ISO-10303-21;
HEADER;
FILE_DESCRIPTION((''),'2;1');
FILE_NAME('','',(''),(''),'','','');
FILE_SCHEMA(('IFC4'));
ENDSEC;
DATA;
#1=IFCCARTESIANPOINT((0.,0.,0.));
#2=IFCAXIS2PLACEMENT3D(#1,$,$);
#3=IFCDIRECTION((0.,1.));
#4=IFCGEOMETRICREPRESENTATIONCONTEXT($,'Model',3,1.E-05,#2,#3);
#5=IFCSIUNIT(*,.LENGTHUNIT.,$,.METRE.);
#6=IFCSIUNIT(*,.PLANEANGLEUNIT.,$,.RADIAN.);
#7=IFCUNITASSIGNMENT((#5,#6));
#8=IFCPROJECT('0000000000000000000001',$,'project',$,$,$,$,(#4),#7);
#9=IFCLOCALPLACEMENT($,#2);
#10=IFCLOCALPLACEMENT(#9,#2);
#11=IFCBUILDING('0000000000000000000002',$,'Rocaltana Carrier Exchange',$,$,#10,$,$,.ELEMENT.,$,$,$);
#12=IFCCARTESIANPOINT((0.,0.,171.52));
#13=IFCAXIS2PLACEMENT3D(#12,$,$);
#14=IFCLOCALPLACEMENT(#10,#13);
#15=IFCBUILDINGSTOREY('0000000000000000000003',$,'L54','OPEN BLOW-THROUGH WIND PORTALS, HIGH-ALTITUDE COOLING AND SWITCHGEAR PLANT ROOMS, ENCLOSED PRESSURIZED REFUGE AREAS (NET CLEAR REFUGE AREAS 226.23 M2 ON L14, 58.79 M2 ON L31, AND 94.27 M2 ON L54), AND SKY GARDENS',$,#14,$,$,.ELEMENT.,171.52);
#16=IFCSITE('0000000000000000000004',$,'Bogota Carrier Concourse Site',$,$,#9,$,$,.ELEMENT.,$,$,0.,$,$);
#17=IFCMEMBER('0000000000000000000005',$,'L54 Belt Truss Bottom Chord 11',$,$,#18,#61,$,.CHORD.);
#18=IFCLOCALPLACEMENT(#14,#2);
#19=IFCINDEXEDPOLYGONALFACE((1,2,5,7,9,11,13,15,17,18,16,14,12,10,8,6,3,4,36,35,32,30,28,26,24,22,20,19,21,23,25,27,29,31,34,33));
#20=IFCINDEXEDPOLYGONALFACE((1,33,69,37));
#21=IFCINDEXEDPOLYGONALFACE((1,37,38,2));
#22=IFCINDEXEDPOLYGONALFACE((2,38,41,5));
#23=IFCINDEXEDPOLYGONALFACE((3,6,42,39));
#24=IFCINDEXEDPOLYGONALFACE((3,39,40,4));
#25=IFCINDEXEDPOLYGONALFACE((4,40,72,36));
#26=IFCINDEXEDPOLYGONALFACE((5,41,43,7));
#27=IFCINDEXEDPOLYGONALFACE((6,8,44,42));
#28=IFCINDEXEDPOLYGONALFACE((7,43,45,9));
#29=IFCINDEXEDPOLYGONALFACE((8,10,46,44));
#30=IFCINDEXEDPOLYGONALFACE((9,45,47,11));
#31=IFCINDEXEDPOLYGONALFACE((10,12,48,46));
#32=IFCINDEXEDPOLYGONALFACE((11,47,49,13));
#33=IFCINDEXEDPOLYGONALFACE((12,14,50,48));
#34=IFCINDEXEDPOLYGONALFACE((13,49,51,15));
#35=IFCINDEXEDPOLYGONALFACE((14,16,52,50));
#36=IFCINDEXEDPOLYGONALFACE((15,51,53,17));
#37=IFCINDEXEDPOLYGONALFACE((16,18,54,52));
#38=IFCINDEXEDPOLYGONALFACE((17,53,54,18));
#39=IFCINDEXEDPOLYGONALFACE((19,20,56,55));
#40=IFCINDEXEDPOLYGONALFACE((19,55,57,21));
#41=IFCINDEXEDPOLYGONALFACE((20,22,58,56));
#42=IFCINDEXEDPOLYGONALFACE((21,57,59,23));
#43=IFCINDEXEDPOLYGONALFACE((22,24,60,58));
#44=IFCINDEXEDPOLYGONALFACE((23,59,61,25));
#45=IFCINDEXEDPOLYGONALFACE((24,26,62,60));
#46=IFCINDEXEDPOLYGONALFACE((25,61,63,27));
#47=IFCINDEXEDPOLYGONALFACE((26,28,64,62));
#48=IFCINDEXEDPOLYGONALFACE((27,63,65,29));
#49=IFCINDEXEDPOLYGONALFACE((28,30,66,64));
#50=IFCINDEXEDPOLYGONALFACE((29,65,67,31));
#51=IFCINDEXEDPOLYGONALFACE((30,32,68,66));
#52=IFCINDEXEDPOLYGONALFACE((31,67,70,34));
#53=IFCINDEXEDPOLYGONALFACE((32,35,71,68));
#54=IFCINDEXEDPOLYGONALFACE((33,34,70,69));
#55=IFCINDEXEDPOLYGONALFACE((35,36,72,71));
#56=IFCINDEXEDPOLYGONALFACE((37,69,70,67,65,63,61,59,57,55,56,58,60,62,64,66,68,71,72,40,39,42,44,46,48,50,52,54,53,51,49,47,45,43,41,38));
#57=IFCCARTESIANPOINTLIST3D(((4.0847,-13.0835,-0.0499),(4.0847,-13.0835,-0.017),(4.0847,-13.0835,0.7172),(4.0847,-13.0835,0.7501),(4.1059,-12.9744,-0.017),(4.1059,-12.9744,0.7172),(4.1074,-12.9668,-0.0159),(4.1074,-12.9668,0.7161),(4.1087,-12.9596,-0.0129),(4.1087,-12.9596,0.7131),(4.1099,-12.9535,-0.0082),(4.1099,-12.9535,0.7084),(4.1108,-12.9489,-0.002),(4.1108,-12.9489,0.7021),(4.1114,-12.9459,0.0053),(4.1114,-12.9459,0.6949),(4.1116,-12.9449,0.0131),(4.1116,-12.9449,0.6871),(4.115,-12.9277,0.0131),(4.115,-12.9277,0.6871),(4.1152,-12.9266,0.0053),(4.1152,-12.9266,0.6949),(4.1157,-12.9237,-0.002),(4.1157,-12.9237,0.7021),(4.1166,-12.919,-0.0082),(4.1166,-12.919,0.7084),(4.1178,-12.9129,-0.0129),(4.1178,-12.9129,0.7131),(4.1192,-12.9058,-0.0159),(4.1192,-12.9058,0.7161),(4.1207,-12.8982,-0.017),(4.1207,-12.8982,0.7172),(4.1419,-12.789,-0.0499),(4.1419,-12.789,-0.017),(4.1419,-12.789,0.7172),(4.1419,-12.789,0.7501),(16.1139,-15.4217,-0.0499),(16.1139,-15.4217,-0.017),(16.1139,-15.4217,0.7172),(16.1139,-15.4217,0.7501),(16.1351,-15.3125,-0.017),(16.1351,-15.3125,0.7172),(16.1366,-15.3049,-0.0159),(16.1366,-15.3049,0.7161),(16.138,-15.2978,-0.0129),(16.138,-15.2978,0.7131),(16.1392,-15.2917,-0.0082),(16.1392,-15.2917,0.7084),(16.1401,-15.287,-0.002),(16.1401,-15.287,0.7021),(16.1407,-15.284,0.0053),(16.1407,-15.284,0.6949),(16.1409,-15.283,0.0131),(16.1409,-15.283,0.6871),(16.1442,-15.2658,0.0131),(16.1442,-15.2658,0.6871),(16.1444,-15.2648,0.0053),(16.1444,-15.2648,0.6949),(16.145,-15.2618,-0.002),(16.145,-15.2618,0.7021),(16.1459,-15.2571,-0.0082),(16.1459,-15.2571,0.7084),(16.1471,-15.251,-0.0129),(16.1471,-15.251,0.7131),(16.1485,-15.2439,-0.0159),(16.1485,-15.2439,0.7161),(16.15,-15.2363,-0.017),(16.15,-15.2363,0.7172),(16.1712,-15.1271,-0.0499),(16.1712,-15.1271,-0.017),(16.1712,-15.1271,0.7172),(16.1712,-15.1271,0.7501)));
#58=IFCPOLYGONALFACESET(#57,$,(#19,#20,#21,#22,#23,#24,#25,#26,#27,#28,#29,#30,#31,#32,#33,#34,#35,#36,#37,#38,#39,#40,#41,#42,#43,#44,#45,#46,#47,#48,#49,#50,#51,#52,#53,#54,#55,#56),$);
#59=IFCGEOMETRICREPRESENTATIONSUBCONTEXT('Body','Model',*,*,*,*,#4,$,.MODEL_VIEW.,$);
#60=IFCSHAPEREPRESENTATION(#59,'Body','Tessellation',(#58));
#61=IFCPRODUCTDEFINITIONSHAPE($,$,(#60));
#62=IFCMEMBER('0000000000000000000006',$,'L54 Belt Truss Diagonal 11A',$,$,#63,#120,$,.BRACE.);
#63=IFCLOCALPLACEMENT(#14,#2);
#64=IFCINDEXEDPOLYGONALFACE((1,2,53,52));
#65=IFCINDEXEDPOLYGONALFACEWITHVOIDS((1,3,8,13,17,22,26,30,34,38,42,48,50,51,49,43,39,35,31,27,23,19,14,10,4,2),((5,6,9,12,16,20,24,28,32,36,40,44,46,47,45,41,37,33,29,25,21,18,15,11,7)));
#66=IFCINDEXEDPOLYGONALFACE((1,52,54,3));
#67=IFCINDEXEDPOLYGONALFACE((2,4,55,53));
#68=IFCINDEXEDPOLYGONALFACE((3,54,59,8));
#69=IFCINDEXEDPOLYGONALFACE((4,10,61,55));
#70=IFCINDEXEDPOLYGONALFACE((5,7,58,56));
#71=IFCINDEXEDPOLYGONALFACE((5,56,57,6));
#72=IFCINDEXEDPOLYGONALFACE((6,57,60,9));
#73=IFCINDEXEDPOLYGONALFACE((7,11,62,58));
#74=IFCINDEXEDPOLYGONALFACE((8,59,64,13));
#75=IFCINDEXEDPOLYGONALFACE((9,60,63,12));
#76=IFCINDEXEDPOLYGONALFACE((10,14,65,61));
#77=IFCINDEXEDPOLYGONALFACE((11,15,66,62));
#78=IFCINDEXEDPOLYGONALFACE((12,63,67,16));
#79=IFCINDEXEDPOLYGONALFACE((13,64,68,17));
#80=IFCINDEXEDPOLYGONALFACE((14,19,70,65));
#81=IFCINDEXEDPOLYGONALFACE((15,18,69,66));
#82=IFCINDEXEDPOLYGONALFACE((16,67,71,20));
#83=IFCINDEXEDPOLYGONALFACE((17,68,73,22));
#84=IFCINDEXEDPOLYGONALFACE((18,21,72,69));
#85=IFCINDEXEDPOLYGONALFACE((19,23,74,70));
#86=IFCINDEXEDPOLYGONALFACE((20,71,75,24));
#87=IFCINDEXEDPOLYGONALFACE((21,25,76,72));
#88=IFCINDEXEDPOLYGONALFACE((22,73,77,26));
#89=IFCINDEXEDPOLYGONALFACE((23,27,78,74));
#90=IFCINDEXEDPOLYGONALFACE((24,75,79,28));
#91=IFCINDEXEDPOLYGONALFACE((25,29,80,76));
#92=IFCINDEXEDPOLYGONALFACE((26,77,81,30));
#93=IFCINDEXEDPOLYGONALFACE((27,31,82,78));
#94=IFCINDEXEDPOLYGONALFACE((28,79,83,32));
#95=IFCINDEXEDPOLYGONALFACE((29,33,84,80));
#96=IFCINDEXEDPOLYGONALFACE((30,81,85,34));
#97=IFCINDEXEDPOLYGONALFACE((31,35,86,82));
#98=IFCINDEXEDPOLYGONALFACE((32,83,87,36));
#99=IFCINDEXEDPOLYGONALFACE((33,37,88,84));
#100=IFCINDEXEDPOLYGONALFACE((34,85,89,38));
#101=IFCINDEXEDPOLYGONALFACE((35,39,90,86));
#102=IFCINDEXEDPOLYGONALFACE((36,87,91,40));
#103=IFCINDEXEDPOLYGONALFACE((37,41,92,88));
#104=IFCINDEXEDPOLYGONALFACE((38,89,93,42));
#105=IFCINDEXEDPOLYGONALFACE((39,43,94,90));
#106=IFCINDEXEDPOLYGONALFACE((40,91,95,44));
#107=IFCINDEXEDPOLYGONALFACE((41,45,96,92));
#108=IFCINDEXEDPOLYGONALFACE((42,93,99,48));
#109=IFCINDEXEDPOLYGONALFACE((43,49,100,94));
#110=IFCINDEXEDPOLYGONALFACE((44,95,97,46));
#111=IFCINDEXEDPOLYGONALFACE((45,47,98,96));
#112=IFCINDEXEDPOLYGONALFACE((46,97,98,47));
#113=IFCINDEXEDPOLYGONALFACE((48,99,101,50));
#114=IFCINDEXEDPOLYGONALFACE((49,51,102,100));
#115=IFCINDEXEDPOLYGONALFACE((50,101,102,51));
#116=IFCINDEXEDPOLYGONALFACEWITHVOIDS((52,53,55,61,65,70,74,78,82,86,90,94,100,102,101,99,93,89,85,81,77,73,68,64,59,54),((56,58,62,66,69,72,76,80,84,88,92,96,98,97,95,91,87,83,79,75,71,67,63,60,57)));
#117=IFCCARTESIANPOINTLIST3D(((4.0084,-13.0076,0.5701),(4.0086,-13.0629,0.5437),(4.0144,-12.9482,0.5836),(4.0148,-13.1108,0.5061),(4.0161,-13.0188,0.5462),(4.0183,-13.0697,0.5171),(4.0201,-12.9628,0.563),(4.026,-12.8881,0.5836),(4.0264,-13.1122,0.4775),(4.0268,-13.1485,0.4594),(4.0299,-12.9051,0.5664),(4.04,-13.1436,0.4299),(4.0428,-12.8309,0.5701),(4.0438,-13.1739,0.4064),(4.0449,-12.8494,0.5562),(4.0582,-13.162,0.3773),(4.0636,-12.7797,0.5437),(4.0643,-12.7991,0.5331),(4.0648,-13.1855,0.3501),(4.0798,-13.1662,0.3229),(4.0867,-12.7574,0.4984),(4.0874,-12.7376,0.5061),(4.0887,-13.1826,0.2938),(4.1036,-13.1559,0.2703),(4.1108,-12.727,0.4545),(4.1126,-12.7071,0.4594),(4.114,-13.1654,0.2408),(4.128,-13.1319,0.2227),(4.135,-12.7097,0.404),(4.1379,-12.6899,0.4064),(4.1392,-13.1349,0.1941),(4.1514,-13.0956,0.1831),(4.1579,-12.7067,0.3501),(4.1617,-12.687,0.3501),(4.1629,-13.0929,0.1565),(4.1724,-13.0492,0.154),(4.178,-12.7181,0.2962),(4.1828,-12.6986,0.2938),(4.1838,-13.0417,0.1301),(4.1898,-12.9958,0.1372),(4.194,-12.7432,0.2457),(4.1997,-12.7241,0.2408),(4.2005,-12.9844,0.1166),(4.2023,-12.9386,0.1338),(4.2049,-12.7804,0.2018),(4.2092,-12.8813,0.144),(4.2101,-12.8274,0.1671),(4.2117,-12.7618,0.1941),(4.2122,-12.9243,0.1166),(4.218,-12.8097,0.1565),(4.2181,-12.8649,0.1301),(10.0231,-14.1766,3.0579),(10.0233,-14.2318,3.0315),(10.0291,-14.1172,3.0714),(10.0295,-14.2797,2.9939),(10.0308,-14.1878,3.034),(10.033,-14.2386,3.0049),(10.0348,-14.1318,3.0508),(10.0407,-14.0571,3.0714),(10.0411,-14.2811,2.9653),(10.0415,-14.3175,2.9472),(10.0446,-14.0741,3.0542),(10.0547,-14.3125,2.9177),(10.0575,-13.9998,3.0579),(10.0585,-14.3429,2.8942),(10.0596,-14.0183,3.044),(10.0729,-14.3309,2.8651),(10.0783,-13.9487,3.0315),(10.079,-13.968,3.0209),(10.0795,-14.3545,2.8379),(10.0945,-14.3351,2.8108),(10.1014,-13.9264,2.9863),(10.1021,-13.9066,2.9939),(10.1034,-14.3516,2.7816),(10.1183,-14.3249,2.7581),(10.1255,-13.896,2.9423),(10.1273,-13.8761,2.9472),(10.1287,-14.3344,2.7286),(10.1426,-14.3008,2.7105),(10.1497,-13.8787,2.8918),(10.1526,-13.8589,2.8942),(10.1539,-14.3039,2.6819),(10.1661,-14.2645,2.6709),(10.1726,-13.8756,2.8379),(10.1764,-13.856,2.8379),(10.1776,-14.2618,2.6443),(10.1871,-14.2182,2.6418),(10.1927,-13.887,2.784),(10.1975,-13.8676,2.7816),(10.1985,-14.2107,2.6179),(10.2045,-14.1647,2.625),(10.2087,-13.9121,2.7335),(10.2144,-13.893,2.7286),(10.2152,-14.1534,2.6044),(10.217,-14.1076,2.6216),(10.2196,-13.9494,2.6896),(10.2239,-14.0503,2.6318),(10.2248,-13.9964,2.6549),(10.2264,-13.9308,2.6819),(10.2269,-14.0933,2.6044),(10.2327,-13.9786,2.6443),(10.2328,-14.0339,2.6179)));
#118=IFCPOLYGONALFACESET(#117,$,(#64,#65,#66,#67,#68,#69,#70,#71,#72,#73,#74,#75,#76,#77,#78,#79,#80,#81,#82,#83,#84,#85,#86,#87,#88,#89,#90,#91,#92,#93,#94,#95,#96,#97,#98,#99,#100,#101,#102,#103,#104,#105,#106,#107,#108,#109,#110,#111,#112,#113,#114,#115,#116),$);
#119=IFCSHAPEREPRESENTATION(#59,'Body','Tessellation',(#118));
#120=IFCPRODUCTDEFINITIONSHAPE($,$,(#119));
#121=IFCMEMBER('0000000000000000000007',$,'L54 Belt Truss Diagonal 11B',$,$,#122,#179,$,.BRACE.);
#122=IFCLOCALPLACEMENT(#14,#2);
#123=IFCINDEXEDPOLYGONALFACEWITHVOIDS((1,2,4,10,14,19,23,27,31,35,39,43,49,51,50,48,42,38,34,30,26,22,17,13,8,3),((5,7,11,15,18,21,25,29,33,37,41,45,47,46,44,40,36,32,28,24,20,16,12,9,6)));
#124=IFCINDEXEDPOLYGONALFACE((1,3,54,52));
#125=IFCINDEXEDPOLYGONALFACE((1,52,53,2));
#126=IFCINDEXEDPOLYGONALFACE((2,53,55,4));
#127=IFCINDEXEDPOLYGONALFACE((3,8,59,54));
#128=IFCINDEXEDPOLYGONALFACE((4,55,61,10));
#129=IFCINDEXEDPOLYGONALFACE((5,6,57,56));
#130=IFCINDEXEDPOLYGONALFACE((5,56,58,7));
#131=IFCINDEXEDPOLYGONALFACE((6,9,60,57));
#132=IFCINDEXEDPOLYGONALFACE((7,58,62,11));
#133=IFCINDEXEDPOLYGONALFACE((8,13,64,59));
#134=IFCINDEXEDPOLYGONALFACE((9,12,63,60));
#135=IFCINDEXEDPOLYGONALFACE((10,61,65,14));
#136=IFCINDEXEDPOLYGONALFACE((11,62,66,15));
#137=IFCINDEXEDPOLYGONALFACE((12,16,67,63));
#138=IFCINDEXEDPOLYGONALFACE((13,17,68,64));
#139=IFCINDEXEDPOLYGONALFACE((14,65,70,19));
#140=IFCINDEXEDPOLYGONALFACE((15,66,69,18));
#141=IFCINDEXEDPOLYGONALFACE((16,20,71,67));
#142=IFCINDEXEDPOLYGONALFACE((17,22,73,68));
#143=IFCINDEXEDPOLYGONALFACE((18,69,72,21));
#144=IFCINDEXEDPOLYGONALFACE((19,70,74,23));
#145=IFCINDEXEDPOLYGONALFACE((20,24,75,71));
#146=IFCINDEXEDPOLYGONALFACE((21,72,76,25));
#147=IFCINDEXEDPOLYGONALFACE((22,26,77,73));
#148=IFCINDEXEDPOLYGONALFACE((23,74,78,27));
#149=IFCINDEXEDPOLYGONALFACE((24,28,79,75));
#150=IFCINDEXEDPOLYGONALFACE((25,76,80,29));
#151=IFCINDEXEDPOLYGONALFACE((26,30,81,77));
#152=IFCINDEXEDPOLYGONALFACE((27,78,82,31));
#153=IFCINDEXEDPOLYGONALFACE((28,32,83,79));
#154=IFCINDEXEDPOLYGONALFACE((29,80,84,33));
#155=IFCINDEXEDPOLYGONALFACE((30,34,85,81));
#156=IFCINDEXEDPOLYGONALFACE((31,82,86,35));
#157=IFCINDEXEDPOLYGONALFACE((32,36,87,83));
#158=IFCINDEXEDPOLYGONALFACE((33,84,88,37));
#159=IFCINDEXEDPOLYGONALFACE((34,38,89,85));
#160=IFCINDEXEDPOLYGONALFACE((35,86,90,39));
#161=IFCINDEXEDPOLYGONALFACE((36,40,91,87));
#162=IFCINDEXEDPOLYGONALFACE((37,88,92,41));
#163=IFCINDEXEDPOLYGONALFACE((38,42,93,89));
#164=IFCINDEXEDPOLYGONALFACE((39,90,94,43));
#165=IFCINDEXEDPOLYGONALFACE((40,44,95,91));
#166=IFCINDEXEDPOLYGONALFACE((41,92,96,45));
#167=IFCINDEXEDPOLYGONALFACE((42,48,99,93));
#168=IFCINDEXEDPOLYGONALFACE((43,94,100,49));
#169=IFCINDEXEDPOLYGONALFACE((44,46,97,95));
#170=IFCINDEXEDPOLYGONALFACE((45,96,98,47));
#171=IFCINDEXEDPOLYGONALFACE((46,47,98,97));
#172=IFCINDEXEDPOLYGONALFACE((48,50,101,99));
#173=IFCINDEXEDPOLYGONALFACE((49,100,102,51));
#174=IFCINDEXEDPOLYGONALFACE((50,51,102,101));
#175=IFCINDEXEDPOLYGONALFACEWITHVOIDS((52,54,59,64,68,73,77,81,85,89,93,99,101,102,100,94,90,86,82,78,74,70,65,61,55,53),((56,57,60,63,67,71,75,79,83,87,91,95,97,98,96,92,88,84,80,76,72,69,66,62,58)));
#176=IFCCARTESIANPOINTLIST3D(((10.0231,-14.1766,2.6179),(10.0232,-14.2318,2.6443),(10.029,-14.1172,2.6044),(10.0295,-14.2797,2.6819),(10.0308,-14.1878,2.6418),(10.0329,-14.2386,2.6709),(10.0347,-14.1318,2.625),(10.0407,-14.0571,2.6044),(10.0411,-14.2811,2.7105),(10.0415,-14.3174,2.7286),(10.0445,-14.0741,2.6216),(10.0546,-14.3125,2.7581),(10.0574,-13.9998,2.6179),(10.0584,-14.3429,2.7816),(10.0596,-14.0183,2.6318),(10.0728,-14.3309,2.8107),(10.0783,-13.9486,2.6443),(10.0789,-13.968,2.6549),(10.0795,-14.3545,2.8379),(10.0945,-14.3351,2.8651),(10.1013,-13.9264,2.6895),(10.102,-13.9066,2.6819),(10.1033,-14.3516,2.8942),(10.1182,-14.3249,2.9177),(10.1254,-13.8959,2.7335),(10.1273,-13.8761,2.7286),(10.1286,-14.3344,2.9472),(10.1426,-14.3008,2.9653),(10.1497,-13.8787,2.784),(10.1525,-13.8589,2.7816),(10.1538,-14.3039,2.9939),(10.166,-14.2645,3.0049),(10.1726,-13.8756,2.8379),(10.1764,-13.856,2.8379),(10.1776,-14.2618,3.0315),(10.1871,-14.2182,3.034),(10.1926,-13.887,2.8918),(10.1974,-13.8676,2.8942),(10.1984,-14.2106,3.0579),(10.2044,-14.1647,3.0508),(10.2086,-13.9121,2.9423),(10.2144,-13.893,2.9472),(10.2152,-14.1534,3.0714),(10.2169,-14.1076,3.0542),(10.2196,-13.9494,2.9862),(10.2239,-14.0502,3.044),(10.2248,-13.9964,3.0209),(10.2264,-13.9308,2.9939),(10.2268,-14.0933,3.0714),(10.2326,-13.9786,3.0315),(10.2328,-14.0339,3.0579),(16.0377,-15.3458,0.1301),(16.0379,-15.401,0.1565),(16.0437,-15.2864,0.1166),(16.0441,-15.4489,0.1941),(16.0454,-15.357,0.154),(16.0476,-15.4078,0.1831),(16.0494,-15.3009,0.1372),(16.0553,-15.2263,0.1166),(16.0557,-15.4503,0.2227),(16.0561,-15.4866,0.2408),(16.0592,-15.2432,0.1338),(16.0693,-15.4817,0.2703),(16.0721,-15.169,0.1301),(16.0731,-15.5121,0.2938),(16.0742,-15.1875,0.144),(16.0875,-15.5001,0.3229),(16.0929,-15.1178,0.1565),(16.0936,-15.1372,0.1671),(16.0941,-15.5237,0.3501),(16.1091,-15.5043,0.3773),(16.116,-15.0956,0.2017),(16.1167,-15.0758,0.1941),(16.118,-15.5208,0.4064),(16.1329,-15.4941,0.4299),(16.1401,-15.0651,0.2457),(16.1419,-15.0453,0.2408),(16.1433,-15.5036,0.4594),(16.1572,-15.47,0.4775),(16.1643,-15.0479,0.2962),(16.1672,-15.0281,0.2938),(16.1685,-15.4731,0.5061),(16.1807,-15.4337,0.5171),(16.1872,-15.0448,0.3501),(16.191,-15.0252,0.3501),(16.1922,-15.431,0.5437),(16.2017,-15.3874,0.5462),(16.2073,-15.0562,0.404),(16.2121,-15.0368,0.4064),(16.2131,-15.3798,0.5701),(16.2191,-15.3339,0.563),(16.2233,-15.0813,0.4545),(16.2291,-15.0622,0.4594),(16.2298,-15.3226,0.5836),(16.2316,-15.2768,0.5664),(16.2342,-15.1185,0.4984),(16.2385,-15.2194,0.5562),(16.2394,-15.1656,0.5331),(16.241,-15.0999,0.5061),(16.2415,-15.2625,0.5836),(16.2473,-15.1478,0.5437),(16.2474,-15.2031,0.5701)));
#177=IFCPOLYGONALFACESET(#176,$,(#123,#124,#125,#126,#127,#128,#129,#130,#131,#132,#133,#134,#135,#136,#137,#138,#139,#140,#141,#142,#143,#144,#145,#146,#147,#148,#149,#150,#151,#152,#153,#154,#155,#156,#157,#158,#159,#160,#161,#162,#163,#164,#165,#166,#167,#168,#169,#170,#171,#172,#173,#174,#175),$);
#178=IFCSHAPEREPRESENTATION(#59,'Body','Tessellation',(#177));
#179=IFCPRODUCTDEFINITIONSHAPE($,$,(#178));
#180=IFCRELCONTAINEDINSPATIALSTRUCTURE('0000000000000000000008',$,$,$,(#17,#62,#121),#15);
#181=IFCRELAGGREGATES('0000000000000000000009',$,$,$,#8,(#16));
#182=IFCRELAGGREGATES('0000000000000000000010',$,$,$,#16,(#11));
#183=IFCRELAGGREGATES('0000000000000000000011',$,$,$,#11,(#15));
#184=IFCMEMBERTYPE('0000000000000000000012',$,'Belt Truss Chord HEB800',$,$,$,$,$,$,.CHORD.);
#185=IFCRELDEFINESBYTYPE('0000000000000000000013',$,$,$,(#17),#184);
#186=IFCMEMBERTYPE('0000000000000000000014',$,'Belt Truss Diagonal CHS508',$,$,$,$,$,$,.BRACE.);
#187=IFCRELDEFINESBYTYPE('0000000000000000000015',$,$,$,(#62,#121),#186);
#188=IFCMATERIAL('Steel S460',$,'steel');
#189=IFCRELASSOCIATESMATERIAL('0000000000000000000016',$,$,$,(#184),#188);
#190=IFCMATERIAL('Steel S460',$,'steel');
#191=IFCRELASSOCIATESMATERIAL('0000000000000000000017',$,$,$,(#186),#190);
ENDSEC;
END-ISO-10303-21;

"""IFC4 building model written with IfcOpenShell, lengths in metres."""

from ifc_helpers import new_model, si_unit, direction, frame, origin, origin_2d, place, context, subcontext, project, spatial, hollow_circle, i_section, extrude, material, material_profile, profile_set, type_object, element, save


model = new_model("IFC4")

# Units and contexts
model_context = context("Model", 3, precision=1e-05, world=origin(), true_north=direction((0.0, 1.0)))
body_context = subcontext(model_context, "Body", "Model", "MODEL_VIEW")
ifc_project = project(units=[si_unit("LENGTHUNIT", "METRE"), si_unit("PLANEANGLEUNIT", "RADIAN")], contexts=[model_context])

# Site, building, storey
site_placement = place(None, origin())
site = spatial("IfcSite", under=ifc_project, at=site_placement, Name="Bogota Carrier Concourse Site", CompositionType="ELEMENT", RefElevation=0.0)
building_placement = place(site_placement, origin())
building = spatial("IfcBuilding", under=site, at=building_placement, Name="Rocaltana Carrier Exchange", CompositionType="ELEMENT")
storey_placement = place(building_placement, frame((0.0, 0.0, 171.52)))
storey = spatial("IfcBuildingStorey", under=building, at=storey_placement, Name="L54", Description="OPEN BLOW-THROUGH WIND PORTALS, HIGH-ALTITUDE COOLING AND SWITCHGEAR PLANT ROOMS, ENCLOSED PRESSURIZED REFUGE AREAS (NET CLEAR REFUGE AREAS 226.23 M2 ON L14, 58.79 M2 ON L31, AND 94.27 M2 ON L54), AND SKY GARDENS", CompositionType="ELEMENT", Elevation=171.52)

# Members
ifc_material_1 = material(Name="Steel S460", Category="steel")
ifc_material_profile_1 = material_profile(ifc_material_1, i_section(OverallWidth=0.3, OverallDepth=0.8, WebThickness=0.0176, FlangeThickness=0.033, FilletRadius=0.03, at=origin_2d()), Name="HEB800")
ifc_profile_set_1 = profile_set([ifc_material_profile_1], Name="Steel S460")
member_type_1 = type_object("IfcMemberType", Name="Belt Truss Chord HEB800", PredefinedType="CHORD", material=ifc_profile_set_1)
member_1_placement = place(storey_placement, frame((4.1133, -12.9363, 0.3501), z_axis=(0.981629, -0.190799, 0.0), x_axis=(0.190799, 0.981629, 0.0)))
element("IfcMember", 1, at=member_1_placement, inside=storey, type_object=member_type_1, Name="L54 Belt Truss Bottom Chord 11", PredefinedType="CHORD", context=body_context, shape_type="SweptSolid", body=[
    extrude(i_section(OverallWidth=0.3, OverallDepth=0.8, WebThickness=0.0176, FlangeThickness=0.033, FilletRadius=0.03, at=origin_2d()), origin(), (0.0, 0.0, 1.0), 12.2544),
])
ifc_material_2 = material(Name="Steel S460", Category="steel")
ifc_material_profile_2 = material_profile(ifc_material_2, hollow_circle(Radius=0.2539, WallThickness=0.02, at=origin_2d()), Name="CHS508X20")
ifc_profile_set_2 = profile_set([ifc_material_profile_2], Name="Steel S460")
member_type_2 = type_object("IfcMemberType", Name="Belt Truss Diagonal CHS508", PredefinedType="BRACE", material=ifc_profile_set_2)
for number, where, z_axis, x_axis, name in (
    (2, (4.1133, -12.9363, 0.3501), (0.909521, -0.176765, 0.376198), (0.19078, 0.981633, 0.0), "L54 Belt Truss Diagonal 11A"),
    (3, (10.1279, -14.1052, 2.8379), (0.909515, -0.176801, -0.376196), (0.190818, 0.981625, 0.0), "L54 Belt Truss Diagonal 11B"),
):
    element("IfcMember", number, at=place(storey_placement, frame(where, z_axis=z_axis, x_axis=x_axis)), inside=storey, type_object=member_type_2, Name=name, PredefinedType="BRACE", context=body_context, shape_type="SweptSolid", body=[
        extrude(hollow_circle(Radius=0.2539, WallThickness=0.02, at=origin_2d()), origin(), (0.0, 0.0, 1.0), 6.613),
    ])

save(model, "model.ifc")
